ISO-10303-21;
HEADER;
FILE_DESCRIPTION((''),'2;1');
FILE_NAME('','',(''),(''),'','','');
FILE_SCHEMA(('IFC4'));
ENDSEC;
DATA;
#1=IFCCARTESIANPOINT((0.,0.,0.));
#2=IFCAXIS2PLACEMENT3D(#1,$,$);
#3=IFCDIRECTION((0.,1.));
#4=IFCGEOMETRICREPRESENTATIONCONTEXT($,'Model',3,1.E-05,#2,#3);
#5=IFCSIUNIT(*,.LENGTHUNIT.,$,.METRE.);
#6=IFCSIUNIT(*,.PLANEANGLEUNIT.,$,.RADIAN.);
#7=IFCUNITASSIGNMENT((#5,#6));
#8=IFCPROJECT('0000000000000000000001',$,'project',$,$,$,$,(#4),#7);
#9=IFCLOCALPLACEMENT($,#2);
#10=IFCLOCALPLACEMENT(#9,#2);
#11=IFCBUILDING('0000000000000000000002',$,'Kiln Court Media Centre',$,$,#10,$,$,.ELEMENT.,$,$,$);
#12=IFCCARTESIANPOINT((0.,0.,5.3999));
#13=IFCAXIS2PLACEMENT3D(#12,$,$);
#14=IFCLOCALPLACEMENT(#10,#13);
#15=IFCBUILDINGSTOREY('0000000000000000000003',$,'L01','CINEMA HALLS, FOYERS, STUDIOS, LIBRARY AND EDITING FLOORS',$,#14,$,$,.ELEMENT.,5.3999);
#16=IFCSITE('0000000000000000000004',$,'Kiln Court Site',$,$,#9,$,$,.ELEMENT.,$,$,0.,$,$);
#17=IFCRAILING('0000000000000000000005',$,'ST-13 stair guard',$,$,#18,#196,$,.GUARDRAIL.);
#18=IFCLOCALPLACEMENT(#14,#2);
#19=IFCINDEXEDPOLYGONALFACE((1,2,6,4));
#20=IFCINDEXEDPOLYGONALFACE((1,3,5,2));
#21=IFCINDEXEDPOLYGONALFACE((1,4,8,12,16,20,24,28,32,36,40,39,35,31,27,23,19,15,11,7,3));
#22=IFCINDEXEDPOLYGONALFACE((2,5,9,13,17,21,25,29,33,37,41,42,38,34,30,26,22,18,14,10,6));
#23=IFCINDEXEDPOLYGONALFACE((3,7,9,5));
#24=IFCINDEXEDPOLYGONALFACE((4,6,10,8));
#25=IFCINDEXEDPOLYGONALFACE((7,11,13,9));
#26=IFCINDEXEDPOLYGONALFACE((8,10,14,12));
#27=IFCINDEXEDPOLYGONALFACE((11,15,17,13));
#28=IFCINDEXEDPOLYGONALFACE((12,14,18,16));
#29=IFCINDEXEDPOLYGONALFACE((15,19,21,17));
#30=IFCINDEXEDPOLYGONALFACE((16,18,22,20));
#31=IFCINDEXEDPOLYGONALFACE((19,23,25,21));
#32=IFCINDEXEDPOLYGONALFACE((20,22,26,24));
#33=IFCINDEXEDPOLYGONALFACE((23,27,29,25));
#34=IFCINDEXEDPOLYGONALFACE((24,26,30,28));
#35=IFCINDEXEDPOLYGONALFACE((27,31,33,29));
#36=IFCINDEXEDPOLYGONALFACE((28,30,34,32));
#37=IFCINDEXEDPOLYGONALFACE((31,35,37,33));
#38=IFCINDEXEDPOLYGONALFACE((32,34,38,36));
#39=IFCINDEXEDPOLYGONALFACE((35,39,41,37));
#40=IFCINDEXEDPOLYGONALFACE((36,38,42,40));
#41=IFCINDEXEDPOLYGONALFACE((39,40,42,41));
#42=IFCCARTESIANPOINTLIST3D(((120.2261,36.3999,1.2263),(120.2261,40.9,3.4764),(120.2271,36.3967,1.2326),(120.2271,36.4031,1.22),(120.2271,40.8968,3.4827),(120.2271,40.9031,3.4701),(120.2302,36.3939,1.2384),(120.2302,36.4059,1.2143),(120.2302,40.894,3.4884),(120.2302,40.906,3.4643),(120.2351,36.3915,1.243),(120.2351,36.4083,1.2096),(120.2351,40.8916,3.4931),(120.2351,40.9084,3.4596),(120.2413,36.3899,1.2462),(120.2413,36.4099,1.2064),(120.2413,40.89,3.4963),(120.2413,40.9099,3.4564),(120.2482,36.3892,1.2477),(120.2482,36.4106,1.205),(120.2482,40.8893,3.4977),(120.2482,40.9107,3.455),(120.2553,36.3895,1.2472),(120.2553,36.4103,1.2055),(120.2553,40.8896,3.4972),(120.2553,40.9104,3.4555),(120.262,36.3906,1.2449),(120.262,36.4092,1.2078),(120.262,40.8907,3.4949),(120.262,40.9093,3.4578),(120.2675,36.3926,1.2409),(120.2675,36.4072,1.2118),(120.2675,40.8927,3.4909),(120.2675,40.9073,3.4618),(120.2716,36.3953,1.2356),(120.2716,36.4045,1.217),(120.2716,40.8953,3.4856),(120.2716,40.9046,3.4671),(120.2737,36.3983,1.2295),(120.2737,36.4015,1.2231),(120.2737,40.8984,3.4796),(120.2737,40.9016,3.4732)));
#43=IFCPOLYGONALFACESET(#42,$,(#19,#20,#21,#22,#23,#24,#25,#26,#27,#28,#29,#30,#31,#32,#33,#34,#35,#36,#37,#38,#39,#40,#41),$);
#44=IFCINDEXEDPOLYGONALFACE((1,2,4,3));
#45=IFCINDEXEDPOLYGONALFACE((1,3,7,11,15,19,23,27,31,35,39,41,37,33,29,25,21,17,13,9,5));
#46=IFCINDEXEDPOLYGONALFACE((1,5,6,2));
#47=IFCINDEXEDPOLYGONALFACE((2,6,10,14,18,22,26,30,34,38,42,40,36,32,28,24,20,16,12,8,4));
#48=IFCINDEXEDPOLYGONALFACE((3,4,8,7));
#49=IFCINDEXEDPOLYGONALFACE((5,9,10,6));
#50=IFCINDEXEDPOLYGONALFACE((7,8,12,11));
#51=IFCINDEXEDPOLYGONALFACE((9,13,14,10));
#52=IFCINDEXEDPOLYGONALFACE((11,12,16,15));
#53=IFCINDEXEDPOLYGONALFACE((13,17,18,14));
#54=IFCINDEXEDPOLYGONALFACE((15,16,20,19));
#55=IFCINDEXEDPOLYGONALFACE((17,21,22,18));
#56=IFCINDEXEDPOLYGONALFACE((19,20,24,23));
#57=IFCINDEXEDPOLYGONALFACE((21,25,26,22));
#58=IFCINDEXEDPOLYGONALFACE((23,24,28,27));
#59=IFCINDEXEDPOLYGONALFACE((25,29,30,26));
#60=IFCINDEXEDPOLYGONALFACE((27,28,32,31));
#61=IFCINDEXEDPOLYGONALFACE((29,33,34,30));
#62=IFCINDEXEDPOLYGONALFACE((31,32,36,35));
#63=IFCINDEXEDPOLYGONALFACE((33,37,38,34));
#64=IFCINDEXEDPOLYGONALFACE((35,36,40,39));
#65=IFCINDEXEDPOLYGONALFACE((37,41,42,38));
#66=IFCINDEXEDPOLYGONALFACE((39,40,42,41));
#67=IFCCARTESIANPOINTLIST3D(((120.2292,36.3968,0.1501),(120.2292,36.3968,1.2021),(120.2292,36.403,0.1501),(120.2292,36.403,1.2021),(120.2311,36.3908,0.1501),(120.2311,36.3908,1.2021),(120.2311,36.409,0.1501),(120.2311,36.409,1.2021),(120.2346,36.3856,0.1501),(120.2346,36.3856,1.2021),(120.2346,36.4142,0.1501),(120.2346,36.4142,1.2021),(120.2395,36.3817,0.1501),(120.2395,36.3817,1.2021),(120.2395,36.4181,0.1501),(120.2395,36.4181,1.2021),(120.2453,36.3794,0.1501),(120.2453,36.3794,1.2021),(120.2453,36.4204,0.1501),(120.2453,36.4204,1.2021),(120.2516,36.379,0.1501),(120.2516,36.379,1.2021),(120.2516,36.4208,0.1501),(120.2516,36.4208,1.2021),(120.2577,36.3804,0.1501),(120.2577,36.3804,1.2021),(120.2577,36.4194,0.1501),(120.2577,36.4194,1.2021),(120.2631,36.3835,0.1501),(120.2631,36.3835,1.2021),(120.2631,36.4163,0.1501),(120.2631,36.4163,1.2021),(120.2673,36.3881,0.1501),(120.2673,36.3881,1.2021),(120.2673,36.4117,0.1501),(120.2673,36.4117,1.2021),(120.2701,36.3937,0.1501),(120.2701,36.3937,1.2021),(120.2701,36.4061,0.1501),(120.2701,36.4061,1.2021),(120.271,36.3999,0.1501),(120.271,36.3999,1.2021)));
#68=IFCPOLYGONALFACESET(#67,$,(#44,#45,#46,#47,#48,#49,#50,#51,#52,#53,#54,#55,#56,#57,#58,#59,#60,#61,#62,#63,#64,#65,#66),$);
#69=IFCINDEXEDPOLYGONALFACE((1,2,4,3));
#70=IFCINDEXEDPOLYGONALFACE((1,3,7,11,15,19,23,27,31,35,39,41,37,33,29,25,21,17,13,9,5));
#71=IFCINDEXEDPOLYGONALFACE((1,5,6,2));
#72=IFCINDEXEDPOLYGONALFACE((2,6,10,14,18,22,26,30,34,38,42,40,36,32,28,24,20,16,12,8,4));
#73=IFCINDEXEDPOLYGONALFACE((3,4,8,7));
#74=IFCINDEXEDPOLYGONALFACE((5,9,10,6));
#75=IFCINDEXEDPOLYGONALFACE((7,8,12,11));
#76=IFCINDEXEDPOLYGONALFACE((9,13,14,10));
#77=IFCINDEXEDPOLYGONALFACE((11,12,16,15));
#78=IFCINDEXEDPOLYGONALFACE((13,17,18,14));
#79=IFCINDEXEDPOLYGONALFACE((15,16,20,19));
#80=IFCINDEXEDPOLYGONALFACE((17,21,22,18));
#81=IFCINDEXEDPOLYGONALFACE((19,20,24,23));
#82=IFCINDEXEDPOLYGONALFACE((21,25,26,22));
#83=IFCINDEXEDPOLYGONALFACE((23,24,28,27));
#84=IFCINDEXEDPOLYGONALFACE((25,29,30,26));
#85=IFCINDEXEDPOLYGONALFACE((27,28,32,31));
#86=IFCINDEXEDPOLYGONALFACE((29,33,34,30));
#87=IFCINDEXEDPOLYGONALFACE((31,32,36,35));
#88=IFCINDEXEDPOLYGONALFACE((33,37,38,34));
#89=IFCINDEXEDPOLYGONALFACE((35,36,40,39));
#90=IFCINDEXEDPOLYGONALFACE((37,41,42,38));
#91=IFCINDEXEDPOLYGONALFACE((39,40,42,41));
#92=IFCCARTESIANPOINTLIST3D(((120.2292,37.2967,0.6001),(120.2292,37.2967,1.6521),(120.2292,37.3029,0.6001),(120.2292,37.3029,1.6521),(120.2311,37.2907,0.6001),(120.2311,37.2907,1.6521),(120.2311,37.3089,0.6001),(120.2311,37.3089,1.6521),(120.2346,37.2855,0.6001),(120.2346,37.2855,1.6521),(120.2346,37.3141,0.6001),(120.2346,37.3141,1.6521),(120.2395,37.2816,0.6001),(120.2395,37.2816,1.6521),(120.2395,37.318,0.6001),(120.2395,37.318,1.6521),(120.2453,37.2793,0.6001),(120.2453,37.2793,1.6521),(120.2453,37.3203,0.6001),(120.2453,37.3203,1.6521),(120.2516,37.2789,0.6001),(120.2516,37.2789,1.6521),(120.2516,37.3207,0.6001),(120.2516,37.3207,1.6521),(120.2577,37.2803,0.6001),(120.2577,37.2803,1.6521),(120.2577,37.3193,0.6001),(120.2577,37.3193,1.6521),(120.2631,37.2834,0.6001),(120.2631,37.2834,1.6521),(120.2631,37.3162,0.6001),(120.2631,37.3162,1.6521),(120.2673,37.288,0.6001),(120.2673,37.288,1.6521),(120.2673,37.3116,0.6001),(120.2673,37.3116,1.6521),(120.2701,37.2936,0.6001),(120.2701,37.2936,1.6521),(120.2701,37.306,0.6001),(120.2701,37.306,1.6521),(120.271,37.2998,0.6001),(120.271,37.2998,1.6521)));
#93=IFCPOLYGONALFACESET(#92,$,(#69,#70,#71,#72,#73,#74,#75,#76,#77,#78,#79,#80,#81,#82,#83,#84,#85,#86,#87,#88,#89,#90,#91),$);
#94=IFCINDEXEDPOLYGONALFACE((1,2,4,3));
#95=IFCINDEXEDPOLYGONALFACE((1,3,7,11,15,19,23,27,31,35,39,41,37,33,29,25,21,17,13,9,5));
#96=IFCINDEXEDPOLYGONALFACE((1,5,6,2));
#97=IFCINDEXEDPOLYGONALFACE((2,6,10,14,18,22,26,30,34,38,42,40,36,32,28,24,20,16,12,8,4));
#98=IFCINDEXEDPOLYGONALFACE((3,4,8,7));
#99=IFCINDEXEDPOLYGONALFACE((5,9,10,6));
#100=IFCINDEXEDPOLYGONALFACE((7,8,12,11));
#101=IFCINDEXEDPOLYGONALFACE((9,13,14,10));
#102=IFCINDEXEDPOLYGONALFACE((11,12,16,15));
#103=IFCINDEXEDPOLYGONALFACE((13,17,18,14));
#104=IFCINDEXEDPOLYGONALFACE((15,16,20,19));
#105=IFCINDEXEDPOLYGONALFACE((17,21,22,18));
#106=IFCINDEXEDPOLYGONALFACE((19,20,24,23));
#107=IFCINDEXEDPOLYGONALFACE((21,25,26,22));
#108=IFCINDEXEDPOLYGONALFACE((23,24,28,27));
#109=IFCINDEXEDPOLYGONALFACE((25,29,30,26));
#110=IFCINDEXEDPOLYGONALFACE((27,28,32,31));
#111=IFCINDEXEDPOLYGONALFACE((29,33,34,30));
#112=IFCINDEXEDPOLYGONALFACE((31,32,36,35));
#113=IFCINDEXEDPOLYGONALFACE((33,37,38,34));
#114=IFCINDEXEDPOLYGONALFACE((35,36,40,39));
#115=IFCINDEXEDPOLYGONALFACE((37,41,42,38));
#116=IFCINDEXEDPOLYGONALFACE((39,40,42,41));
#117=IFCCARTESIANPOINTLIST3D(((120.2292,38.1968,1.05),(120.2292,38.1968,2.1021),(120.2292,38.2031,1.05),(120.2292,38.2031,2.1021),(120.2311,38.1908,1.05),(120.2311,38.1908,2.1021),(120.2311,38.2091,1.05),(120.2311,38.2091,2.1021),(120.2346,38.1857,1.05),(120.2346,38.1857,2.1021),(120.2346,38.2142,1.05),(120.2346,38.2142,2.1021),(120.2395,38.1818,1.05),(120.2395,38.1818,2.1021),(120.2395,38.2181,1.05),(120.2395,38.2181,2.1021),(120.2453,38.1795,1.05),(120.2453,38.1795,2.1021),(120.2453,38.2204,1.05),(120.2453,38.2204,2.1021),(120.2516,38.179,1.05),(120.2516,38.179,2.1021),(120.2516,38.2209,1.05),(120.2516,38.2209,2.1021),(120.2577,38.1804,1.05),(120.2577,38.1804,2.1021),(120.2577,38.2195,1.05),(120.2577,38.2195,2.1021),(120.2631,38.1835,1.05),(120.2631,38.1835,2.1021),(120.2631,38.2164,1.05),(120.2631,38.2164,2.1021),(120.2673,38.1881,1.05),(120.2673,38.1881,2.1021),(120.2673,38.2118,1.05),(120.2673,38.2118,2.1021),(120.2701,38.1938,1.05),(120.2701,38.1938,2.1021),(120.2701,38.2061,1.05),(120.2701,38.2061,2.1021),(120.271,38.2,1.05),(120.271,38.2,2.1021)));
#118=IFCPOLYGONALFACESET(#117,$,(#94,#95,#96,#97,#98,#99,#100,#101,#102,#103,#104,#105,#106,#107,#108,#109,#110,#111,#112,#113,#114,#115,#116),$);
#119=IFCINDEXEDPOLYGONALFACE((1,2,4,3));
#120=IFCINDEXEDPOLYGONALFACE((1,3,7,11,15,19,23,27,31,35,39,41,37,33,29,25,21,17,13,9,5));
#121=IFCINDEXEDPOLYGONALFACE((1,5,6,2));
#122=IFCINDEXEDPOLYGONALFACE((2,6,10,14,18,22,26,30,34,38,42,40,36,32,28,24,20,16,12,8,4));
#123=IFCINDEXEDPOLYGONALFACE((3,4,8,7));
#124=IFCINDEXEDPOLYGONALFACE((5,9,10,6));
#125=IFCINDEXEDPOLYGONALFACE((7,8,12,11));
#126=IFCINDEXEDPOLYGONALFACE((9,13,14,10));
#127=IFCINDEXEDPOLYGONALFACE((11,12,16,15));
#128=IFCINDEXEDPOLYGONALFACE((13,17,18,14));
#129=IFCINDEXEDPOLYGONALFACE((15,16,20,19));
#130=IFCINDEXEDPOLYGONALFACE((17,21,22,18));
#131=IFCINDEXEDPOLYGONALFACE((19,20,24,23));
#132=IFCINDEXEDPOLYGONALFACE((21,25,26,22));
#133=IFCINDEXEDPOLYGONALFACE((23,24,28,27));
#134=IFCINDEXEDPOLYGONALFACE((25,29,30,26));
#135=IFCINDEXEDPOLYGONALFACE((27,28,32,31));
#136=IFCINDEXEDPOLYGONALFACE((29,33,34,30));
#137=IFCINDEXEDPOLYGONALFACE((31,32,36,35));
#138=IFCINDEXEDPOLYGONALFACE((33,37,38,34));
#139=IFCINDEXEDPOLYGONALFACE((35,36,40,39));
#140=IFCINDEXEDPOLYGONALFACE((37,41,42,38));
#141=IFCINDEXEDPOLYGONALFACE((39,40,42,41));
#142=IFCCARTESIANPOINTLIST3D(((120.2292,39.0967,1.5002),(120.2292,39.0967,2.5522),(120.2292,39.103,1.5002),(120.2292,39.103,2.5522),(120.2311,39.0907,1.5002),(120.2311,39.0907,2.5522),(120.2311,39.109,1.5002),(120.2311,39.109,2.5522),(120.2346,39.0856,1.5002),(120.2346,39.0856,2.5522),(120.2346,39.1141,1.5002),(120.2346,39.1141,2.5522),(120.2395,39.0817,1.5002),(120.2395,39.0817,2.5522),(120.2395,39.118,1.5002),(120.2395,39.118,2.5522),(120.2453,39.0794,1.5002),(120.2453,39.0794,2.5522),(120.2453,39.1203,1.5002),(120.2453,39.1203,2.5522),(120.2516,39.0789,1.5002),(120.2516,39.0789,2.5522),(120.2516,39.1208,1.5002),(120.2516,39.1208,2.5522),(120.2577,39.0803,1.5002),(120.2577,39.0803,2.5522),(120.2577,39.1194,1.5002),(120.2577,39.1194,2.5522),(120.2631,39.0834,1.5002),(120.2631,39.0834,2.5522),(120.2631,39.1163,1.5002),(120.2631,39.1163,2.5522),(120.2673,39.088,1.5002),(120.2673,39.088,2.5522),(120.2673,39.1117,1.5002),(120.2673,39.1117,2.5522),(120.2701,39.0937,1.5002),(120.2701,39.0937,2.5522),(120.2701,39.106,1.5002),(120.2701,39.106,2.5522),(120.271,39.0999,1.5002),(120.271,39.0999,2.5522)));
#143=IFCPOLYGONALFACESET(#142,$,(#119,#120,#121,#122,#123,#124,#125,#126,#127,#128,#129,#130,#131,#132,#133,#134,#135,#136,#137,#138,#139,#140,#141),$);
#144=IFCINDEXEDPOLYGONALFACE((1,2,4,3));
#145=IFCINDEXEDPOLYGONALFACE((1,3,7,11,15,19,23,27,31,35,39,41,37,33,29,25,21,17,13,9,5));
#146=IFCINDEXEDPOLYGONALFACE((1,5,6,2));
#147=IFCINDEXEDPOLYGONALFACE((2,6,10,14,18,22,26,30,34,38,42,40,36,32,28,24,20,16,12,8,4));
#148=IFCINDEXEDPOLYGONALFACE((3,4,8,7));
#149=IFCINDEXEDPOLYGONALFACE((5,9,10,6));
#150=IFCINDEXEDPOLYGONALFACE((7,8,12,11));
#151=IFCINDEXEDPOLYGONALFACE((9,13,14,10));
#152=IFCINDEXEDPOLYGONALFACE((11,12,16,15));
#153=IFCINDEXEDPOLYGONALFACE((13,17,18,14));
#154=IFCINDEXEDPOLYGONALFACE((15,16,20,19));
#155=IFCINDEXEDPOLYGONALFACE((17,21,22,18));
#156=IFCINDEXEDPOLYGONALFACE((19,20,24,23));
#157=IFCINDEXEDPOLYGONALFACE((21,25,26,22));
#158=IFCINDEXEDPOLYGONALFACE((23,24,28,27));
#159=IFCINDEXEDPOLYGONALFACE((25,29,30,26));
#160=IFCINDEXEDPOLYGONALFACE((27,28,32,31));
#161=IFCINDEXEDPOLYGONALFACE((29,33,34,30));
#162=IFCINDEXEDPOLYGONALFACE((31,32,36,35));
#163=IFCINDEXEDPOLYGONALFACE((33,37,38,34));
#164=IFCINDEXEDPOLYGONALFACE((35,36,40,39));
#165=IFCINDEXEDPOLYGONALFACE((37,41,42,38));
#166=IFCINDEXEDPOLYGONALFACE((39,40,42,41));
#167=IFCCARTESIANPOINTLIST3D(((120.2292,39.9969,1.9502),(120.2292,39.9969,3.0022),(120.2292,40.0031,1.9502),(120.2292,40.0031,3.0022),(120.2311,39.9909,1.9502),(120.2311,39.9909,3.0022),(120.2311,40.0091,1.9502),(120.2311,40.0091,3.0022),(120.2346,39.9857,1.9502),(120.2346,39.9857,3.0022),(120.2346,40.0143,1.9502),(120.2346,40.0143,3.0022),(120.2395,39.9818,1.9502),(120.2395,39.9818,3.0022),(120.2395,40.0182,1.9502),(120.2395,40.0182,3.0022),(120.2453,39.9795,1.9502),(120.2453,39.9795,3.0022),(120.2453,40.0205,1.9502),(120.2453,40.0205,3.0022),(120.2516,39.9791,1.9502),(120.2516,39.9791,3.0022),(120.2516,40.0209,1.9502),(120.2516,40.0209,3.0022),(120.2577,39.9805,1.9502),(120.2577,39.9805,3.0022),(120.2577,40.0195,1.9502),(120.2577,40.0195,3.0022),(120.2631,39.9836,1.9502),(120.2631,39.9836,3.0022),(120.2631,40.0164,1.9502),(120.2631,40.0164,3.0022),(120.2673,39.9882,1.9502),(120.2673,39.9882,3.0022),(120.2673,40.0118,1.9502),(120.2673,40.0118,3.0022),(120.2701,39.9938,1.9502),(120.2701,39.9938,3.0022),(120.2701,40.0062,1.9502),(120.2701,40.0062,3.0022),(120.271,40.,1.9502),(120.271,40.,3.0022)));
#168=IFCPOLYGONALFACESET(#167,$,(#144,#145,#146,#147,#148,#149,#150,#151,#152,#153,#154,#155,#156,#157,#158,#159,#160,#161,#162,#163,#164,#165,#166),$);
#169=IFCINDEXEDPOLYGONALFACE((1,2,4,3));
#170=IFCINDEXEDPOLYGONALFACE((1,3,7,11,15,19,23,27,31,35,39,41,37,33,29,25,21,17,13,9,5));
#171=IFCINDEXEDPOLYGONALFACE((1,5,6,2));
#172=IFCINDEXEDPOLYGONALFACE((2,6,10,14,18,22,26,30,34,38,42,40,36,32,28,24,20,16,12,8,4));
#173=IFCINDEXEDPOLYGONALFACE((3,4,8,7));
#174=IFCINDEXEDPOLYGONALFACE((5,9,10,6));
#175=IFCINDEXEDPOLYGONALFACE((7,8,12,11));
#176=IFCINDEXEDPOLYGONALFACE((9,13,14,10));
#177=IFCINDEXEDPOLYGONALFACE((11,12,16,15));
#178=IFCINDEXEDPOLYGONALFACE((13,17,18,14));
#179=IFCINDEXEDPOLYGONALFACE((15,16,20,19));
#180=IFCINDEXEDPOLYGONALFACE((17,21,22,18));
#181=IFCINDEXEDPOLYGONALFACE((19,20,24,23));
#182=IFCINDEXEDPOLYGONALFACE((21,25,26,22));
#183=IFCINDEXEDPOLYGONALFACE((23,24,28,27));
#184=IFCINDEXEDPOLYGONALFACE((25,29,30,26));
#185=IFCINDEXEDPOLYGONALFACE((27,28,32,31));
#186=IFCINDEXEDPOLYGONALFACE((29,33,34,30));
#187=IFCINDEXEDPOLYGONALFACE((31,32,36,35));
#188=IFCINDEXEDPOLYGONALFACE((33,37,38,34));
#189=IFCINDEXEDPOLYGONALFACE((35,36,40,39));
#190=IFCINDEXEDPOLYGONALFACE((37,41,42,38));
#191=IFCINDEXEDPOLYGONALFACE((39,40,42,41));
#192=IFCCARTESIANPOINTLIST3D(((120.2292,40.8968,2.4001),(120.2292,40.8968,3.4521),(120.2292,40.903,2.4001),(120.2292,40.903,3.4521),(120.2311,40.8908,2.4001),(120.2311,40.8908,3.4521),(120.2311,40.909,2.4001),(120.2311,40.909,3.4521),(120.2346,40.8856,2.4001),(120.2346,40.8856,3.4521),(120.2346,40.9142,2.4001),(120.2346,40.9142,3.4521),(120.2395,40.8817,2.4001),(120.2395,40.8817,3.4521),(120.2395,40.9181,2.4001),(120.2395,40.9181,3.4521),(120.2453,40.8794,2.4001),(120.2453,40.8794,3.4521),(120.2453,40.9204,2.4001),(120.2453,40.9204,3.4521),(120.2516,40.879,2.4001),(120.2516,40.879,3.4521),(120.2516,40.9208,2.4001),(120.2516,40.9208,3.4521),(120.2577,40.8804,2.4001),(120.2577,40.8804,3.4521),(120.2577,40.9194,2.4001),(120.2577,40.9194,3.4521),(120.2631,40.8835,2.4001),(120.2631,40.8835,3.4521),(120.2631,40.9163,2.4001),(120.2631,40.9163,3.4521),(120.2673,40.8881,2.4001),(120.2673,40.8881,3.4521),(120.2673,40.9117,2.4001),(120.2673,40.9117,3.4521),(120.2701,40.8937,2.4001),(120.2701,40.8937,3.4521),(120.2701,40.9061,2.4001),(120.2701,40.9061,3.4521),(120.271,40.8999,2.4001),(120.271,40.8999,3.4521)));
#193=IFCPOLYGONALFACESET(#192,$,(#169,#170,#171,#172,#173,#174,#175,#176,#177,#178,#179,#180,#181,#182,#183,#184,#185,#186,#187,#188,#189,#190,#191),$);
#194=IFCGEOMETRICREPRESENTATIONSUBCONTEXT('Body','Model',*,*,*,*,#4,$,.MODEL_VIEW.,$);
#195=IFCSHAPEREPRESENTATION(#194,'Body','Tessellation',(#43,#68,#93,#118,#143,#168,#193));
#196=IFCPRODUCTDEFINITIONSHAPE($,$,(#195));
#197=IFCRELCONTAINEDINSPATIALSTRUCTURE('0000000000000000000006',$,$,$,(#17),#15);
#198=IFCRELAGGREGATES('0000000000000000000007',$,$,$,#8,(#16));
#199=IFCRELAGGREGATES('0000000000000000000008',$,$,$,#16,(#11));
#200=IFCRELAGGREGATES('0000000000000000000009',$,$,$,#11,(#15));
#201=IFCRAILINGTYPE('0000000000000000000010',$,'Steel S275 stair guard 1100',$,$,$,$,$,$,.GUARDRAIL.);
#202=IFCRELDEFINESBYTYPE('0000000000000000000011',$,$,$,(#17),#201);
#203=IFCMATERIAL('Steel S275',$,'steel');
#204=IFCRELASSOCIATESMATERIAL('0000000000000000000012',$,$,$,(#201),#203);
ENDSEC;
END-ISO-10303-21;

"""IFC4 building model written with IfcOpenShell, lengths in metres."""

from ifc_helpers import new_model, si_unit, direction, frame, origin, origin_2d, place, context, subcontext, project, spatial, circle, extrude, material, type_object, element, save


model = new_model("IFC4")

# Units and contexts
model_context = context("Model", 3, precision=1e-05, world=origin(), true_north=direction((0.0, 1.0)))
body_context = subcontext(model_context, "Body", "Model", "MODEL_VIEW")
ifc_project = project(units=[si_unit("LENGTHUNIT", "METRE"), si_unit("PLANEANGLEUNIT", "RADIAN")], contexts=[model_context])

# Site, building, storey
site_placement = place(None, origin())
site = spatial("IfcSite", under=ifc_project, at=site_placement, Name="Kiln Court Site", CompositionType="ELEMENT", RefElevation=0.0)
building_placement = place(site_placement, origin())
building = spatial("IfcBuilding", under=site, at=building_placement, Name="Kiln Court Media Centre", CompositionType="ELEMENT")
storey_placement = place(building_placement, frame((0.0, 0.0, 5.3999)))
storey = spatial("IfcBuildingStorey", under=building, at=storey_placement, Name="L01", Description="CINEMA HALLS, FOYERS, STUDIOS, LIBRARY AND EDITING FLOORS", CompositionType="ELEMENT", Elevation=5.3999)

# Railing
ifc_material_1 = material(Name="Steel S275", Category="steel")
railing_type_1 = type_object("IfcRailingType", Name="Steel S275 stair guard 1100", PredefinedType="GUARDRAIL", material=ifc_material_1)
railing_1_placement = place(storey_placement, frame((120.25, 36.3999, 0.1501)))
element("IfcRailing", 1, at=railing_1_placement, inside=storey, type_object=railing_type_1, Name="ST-13 stair guard", PredefinedType="GUARDRAIL", context=body_context, shape_type="SweptSolid", body=[
    extrude(circle(Radius=0.0239, at=origin_2d()), frame((0.0, 0.0, 1.0762), z_axis=(0.0, 0.894427, 0.447214), x_axis=(-1.0, 0.0, 0.0)), (0.0, 0.0, 1.0), 5.0312),
    extrude(circle(Radius=0.021, at=origin_2d()), origin(), (0.0, 0.0, 1.0), 1.052),
    extrude(circle(Radius=0.021, at=origin_2d()), frame((0.0, 0.8999, 0.45)), (0.0, 0.0, 1.0), 1.052),
    extrude(circle(Radius=0.021, at=origin_2d()), frame((0.0, 1.8, 0.8999)), (0.0, 0.0, 1.0), 1.052),
    extrude(circle(Radius=0.021, at=origin_2d()), frame((0.0, 2.7, 1.3501)), (0.0, 0.0, 1.0), 1.052),
    extrude(circle(Radius=0.021, at=origin_2d()), frame((0.0, 3.6001, 1.8)), (0.0, 0.0, 1.0), 1.052),
    extrude(circle(Radius=0.021, at=origin_2d()), frame((0.0, 4.5, 2.25)), (0.0, 0.0, 1.0), 1.052),
])

save(model, "model.ifc")
